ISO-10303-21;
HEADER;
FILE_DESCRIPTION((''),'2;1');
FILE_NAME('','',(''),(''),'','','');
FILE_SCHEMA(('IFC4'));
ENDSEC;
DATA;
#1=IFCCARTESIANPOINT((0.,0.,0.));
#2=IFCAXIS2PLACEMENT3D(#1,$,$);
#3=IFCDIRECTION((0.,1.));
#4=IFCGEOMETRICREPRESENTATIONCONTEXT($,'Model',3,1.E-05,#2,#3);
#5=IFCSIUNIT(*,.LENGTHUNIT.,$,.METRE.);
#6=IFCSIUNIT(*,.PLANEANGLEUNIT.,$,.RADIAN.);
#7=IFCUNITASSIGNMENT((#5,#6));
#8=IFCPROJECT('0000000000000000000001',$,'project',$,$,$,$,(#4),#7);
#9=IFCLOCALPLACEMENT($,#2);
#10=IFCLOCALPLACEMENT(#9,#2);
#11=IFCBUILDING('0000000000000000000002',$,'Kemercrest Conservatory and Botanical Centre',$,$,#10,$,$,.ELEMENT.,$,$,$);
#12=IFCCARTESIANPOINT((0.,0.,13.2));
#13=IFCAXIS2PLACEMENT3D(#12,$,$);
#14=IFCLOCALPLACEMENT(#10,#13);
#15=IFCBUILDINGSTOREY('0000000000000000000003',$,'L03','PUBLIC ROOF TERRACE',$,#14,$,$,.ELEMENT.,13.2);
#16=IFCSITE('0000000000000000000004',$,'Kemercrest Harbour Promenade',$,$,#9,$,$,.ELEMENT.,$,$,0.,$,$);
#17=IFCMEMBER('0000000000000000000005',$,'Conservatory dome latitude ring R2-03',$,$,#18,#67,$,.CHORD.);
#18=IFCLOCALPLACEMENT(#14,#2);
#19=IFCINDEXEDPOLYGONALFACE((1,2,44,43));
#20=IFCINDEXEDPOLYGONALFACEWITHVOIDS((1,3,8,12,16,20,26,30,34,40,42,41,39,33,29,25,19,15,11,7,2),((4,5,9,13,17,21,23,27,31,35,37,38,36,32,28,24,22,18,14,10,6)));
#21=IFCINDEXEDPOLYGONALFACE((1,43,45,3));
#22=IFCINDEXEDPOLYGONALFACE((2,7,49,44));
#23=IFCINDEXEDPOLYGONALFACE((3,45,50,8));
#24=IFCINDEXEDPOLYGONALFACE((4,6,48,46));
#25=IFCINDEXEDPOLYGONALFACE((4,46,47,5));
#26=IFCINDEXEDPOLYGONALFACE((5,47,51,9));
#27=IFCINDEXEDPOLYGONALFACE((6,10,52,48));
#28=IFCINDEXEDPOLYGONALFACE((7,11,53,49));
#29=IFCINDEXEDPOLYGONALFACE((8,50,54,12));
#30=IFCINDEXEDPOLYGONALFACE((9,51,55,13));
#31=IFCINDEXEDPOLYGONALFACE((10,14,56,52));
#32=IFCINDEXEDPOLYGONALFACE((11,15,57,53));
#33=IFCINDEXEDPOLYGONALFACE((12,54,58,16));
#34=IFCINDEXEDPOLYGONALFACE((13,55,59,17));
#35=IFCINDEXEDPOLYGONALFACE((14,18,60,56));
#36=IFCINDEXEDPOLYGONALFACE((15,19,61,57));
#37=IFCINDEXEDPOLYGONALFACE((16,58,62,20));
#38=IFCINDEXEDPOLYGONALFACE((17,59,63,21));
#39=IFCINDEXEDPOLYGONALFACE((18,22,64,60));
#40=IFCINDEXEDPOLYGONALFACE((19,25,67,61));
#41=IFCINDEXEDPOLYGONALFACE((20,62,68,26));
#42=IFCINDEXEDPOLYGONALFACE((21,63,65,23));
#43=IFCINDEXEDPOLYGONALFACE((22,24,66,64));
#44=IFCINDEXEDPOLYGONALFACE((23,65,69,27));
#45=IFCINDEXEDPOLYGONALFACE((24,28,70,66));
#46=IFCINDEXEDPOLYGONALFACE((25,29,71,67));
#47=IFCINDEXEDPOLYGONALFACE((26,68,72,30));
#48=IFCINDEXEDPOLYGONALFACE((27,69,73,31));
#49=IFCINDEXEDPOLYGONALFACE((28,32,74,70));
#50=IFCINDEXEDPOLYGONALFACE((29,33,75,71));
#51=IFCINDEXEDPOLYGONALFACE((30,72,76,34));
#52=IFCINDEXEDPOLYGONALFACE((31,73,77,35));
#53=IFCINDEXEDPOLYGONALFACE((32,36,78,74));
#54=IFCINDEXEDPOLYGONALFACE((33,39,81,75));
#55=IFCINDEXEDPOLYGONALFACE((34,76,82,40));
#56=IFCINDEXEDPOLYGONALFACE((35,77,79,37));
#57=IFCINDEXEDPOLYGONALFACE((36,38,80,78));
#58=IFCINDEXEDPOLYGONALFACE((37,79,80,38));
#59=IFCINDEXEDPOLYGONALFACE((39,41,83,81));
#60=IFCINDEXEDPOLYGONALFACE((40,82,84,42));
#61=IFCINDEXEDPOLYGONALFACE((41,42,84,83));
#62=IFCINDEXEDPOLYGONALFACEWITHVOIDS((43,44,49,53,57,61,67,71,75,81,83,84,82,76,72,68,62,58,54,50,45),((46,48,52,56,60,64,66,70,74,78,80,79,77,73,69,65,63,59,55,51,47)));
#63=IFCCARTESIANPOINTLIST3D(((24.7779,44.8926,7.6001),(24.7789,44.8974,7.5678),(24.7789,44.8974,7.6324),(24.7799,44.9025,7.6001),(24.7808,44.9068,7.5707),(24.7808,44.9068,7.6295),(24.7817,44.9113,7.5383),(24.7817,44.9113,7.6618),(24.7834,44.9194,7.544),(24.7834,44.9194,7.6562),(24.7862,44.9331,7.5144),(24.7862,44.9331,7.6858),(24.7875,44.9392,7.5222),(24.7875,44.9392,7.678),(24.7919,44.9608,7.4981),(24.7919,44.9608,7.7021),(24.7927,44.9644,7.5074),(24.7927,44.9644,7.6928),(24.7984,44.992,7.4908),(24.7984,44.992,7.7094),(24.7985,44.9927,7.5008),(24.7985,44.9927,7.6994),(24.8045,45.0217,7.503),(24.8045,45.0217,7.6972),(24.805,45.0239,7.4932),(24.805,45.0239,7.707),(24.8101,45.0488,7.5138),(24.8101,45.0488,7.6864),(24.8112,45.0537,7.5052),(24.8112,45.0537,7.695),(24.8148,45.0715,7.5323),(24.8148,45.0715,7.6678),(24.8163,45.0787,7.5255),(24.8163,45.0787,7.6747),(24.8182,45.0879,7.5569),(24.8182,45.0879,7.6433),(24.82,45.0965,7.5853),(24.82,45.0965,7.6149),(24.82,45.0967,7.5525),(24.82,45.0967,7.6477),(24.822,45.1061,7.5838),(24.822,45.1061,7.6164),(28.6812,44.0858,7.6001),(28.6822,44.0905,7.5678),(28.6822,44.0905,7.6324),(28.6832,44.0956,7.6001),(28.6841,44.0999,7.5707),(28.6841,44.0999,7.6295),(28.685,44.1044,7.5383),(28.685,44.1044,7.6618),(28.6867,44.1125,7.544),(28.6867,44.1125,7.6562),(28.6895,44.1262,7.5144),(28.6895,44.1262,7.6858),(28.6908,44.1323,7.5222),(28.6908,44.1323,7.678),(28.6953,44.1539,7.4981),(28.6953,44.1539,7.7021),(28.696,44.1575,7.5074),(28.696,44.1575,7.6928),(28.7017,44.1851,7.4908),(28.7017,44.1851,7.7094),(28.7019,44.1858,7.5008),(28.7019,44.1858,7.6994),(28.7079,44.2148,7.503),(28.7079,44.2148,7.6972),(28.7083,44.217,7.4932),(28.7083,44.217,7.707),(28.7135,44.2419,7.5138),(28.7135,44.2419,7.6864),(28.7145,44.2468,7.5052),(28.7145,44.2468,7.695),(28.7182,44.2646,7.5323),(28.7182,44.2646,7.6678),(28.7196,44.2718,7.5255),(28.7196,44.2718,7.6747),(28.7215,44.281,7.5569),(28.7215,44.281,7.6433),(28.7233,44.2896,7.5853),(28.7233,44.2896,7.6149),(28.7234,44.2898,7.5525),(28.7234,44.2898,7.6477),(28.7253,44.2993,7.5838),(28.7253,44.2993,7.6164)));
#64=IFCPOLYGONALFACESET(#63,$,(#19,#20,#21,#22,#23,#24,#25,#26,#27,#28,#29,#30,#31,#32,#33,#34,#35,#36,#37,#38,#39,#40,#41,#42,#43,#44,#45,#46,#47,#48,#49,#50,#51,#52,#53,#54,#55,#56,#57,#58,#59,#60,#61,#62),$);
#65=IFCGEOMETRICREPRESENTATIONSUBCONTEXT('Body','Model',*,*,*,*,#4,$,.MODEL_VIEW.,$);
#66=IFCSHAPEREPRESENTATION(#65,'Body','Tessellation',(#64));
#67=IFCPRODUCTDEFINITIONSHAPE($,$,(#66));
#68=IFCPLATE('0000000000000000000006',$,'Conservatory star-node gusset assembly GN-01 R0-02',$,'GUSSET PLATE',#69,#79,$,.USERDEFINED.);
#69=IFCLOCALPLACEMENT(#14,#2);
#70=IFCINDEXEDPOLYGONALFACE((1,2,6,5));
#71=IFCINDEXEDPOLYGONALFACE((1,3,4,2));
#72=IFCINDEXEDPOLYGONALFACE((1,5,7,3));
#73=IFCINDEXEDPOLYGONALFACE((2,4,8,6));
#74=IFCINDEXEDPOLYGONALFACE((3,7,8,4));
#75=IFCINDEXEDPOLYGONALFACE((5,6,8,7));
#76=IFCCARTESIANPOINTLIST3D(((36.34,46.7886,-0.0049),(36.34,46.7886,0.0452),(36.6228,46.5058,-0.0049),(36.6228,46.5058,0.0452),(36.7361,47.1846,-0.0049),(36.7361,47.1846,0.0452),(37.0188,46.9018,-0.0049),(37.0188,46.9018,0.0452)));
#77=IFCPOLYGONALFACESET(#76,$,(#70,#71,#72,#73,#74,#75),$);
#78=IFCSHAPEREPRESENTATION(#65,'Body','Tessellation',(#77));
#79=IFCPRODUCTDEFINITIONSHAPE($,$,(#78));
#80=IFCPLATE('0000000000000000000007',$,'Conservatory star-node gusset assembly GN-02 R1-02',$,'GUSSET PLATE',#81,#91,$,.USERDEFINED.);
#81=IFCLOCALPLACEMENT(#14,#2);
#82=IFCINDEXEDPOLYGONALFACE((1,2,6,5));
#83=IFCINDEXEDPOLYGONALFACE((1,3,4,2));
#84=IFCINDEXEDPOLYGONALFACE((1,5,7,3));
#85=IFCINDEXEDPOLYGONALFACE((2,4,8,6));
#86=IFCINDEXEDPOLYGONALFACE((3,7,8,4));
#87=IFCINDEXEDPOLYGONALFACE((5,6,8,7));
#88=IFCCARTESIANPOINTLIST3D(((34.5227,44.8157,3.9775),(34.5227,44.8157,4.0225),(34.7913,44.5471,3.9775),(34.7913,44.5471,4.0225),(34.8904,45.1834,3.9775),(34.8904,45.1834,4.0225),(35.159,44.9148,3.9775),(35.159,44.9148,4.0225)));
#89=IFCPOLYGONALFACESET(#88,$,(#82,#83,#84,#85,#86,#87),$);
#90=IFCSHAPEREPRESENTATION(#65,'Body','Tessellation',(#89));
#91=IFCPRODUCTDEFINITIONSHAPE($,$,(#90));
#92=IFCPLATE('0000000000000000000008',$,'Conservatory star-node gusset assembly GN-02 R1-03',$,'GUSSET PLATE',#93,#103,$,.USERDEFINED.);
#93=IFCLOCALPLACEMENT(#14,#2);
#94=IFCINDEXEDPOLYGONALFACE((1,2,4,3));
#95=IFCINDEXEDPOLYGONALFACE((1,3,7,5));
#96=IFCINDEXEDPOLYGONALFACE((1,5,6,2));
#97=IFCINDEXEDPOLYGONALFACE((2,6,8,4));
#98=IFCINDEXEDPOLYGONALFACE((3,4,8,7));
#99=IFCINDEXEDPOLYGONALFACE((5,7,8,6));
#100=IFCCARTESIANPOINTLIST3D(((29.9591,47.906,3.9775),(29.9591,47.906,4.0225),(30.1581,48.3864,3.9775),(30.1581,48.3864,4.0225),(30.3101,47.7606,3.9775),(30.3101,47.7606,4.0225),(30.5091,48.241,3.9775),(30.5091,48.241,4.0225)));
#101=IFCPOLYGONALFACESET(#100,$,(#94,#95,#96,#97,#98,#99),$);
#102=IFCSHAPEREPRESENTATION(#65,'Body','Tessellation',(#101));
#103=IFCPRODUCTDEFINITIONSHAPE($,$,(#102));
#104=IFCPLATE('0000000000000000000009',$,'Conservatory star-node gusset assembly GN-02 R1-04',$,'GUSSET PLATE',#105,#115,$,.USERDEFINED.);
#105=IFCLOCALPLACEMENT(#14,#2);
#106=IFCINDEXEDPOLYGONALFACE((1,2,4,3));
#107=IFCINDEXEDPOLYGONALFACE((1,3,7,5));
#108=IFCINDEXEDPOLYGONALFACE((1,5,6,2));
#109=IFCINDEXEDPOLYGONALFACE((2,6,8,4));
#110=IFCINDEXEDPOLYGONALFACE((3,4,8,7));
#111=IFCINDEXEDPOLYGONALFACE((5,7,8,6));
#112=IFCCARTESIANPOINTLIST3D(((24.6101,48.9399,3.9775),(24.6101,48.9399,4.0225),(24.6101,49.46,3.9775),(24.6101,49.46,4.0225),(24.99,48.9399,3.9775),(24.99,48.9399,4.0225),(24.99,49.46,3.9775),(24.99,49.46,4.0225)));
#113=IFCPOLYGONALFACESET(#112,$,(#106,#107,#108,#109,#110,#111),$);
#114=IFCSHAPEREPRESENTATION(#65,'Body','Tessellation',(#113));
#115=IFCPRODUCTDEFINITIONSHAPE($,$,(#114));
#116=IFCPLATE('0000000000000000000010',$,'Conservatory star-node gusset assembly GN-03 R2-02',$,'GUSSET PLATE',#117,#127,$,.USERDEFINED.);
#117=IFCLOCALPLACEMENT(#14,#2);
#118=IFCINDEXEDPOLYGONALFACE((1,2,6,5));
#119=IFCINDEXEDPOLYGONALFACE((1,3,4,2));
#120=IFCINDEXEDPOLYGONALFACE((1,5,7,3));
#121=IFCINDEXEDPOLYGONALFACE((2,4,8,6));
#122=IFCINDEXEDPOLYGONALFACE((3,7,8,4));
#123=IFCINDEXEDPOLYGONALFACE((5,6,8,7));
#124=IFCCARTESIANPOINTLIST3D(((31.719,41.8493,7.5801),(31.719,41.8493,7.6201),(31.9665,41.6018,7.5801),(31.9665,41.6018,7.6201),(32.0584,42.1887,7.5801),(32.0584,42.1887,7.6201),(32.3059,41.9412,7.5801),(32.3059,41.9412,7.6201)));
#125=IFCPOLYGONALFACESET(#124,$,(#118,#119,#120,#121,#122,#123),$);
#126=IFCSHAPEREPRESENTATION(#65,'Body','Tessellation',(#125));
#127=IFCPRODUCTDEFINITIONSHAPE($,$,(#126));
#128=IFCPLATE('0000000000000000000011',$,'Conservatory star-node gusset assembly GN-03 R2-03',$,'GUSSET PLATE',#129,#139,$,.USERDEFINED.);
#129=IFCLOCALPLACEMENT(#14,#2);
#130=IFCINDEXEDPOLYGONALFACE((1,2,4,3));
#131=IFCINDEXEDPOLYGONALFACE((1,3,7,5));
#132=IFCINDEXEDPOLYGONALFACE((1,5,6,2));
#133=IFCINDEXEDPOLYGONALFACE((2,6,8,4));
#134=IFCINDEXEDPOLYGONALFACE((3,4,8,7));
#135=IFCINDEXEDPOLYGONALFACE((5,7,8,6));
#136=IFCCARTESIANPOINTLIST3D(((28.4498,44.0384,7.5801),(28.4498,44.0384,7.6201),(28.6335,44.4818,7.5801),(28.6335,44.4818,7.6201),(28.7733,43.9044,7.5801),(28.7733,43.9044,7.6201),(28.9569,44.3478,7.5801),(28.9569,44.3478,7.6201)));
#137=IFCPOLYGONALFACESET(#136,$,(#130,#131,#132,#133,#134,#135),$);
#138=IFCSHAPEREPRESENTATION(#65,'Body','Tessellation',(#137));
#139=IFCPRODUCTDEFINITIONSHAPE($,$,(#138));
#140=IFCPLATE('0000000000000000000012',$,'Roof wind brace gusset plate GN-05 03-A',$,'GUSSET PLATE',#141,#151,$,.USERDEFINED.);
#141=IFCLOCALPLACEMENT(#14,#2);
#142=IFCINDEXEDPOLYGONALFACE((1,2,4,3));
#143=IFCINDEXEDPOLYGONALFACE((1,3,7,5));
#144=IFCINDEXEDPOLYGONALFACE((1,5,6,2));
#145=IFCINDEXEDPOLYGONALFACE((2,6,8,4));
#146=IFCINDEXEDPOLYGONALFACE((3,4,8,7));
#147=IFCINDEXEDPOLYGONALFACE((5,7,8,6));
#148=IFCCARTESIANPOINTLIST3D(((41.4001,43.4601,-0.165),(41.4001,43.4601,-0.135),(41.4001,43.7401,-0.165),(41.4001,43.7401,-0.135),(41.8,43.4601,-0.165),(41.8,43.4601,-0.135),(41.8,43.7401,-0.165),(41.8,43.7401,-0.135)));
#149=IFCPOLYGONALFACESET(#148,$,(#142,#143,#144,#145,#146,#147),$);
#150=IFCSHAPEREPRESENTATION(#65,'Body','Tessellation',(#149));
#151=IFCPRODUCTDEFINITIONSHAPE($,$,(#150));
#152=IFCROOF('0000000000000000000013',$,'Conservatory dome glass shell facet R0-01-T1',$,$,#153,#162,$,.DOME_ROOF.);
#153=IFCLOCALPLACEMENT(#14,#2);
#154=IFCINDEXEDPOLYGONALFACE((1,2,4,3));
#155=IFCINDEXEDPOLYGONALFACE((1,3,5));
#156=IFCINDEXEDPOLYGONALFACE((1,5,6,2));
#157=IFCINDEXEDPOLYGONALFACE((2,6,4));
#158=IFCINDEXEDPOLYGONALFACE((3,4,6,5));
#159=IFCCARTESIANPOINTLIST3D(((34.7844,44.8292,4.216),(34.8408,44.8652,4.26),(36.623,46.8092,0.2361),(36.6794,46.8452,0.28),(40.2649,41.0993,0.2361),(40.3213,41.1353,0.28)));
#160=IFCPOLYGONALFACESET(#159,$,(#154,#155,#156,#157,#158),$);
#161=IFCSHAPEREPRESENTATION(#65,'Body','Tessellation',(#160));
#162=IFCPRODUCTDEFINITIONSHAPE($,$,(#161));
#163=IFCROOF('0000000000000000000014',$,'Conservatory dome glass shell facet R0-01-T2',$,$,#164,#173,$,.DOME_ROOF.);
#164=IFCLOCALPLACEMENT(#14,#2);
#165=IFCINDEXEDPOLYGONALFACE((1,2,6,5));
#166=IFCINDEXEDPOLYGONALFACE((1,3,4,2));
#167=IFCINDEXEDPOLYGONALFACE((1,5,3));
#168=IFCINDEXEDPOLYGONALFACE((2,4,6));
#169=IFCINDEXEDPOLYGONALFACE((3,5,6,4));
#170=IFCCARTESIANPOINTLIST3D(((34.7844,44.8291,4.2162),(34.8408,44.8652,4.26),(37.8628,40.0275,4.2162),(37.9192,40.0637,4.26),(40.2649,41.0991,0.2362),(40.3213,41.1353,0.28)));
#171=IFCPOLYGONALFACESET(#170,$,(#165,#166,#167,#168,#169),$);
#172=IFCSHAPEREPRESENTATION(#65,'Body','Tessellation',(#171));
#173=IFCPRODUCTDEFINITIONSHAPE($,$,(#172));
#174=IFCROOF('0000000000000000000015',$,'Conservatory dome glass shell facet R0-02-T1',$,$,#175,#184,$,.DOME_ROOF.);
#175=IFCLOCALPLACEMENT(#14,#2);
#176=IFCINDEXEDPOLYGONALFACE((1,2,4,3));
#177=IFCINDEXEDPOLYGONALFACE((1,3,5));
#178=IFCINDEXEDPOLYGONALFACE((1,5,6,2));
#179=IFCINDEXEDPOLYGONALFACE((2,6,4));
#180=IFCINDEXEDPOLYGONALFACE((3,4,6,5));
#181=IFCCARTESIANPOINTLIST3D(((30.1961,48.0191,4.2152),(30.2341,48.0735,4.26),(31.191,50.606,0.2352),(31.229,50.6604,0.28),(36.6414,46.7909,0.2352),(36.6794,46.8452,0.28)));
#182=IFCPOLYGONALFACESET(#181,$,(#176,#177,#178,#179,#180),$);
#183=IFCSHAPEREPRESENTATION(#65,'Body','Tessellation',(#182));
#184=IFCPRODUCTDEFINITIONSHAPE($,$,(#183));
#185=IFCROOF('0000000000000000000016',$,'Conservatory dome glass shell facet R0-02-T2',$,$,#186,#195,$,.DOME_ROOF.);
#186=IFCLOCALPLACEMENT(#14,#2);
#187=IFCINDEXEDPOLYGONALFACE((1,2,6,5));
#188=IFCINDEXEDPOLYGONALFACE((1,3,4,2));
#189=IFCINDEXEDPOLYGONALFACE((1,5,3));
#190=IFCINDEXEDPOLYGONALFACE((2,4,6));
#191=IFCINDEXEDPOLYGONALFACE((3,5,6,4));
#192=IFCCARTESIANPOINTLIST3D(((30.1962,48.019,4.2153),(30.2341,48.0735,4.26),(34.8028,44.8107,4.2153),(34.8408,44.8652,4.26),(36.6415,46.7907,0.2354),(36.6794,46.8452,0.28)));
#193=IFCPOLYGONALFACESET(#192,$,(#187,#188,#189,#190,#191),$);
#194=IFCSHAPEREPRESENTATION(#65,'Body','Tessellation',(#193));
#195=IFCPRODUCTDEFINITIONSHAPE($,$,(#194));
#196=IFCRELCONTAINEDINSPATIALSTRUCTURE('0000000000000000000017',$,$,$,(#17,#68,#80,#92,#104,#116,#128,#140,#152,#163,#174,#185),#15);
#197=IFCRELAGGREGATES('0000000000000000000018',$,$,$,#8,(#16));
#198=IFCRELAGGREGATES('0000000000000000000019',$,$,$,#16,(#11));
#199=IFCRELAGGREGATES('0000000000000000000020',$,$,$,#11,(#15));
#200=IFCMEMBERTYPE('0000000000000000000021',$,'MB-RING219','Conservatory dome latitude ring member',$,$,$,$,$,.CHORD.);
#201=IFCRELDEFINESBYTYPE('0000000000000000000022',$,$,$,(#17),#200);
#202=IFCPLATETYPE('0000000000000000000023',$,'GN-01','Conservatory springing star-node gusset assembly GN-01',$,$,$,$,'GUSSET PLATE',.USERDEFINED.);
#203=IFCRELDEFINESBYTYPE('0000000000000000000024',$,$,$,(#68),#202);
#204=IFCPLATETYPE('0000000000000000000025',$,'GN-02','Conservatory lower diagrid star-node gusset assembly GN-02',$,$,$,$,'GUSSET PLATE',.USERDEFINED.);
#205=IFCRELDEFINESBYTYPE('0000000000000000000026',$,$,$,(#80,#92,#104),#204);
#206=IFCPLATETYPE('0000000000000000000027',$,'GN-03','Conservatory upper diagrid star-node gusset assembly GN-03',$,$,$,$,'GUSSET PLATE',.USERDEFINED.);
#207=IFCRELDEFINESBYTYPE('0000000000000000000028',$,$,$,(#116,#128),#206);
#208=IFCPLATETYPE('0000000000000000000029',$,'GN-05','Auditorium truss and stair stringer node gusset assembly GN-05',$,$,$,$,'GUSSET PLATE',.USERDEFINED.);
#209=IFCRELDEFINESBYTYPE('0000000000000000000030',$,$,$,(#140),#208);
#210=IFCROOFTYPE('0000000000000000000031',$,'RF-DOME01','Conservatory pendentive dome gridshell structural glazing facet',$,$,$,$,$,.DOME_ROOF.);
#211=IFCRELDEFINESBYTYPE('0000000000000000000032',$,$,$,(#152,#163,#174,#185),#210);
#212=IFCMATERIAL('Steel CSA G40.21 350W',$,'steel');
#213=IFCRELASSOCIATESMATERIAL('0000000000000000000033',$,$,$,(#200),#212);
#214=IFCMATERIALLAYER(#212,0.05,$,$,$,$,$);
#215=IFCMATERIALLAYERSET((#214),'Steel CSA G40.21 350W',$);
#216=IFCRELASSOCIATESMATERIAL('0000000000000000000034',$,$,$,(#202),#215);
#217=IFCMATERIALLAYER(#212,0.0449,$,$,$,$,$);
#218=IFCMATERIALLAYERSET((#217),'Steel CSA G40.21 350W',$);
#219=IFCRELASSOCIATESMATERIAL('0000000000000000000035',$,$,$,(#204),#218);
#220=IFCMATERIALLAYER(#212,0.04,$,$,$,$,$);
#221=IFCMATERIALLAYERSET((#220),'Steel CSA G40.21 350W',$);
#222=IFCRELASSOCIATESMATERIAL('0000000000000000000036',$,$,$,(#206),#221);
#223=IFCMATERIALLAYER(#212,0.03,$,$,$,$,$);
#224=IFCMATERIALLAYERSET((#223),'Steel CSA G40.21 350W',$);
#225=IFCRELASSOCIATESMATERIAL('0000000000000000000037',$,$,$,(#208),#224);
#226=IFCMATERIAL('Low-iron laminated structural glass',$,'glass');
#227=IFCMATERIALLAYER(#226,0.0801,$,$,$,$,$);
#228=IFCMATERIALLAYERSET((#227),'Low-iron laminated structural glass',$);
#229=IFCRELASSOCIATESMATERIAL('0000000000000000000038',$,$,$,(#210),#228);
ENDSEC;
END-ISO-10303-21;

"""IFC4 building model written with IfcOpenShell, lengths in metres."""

from ifc_helpers import new_model, si_unit, direction, frame, origin, origin_2d, place, context, subcontext, project, spatial, polyline, rectangle, hollow_circle, outline, extrude, material, layer, layer_set, material_profile, profile_set, type_object, element, save


model = new_model("IFC4")

# Units and contexts
model_context = context("Model", 3, precision=1e-05, world=origin(), true_north=direction((0.0, 1.0)))
body_context = subcontext(model_context, "Body", "Model", "MODEL_VIEW")
ifc_project = project(units=[si_unit("LENGTHUNIT", "METRE"), si_unit("PLANEANGLEUNIT", "RADIAN")], contexts=[model_context])

# Site, building, storey
site_placement = place(None, origin())
site = spatial("IfcSite", under=ifc_project, at=site_placement, Name="Kemercrest Harbour Promenade", CompositionType="ELEMENT", RefElevation=0.0)
building_placement = place(site_placement, origin())
building = spatial("IfcBuilding", under=site, at=building_placement, Name="Kemercrest Conservatory and Botanical Centre", CompositionType="ELEMENT")
storey_placement = place(building_placement, frame((0.0, 0.0, 13.2)))
storey = spatial("IfcBuildingStorey", under=building, at=storey_placement, Name="L03", Description="PUBLIC ROOF TERRACE", CompositionType="ELEMENT", Elevation=13.2)

# Shared definitions
ifc_material_1 = material(Name="Steel CSA G40.21 350W", Category="steel")

# Member
ifc_material_profile_1 = material_profile(ifc_material_1, hollow_circle(Radius=0.1096, WallThickness=0.01, at=origin_2d()), Name="CHS 219.1x10.0")
ifc_profile_set_1 = profile_set([ifc_material_profile_1], Name="Steel CSA G40.21 350W")
member_type_1 = type_object("IfcMemberType", Name="MB-RING219", Description="Conservatory dome latitude ring member", PredefinedType="CHORD", material=ifc_profile_set_1)
member_1_placement = place(storey_placement, frame((28.7034, 44.1931, 7.6001), z_axis=(-0.979295, 0.202437, 0.0), x_axis=(-0.202437, -0.979295, 0.0)))
element("IfcMember", 1, at=member_1_placement, inside=storey, type_object=member_type_1, Name="Conservatory dome latitude ring R2-03", PredefinedType="CHORD", context=body_context, shape_type="SweptSolid", body=[
    extrude(hollow_circle(Radius=0.1096, WallThickness=0.01, at=origin_2d()), origin(), (0.0, 0.0, 1.0), 3.9858),
])

# Plates
ifc_layer_1 = layer(ifc_material_1, 0.05)
ifc_layer_set_1 = layer_set([ifc_layer_1], Name="Steel CSA G40.21 350W")
plate_type_1 = type_object("IfcPlateType", Name="GN-01", Description="Conservatory springing star-node gusset assembly GN-01", ElementType="GUSSET PLATE", PredefinedType="USERDEFINED", material=ifc_layer_set_1)
plate_1_placement = place(storey_placement, frame((36.6794, 46.8452, -0.0049), z_axis=(0.0, 0.0, 1.0), x_axis=(0.707107, 0.707107, 0.0)))
element("IfcPlate", 2, at=plate_1_placement, inside=storey, type_object=plate_type_1, Name="Conservatory star-node gusset assembly GN-01 R0-02", ObjectType="GUSSET PLATE", PredefinedType="USERDEFINED", context=body_context, shape_type="SweptSolid", body=[
    extrude(rectangle(XDim=0.5601, YDim=0.3999, at=origin_2d()), origin(), (0.0, 0.0, 1.0), 0.05),
])
ifc_layer_2 = layer(ifc_material_1, 0.0449)
ifc_layer_set_2 = layer_set([ifc_layer_2], Name="Steel CSA G40.21 350W")
plate_type_2 = type_object("IfcPlateType", Name="GN-02", Description="Conservatory lower diagrid star-node gusset assembly GN-02", ElementType="GUSSET PLATE", PredefinedType="USERDEFINED", material=ifc_layer_set_2)
for number, where, z_axis, x_axis, name in (
    (3, (34.8408, 44.8652, 3.9775), (0.0, 0.0, 1.0), (0.707107, 0.707107, 0.0), "Conservatory star-node gusset assembly GN-02 R1-02"),
    (4, (30.2341, 48.0735, 3.9775), (0.0, 0.0, 1.0), (0.382683, 0.92388, 0.0), "Conservatory star-node gusset assembly GN-02 R1-03"),
    (5, (24.8, 49.2, 3.9775), (0.0, 0.0, 1.0), (0.0, 1.0, 0.0), "Conservatory star-node gusset assembly GN-02 R1-04"),
):
    element("IfcPlate", number, at=place(storey_placement, frame(where, z_axis=z_axis, x_axis=x_axis)), inside=storey, type_object=plate_type_2, Name=name, ObjectType="GUSSET PLATE", PredefinedType="USERDEFINED", context=body_context, shape_type="SweptSolid", body=[
        extrude(rectangle(XDim=0.52, YDim=0.3799, at=origin_2d()), origin(), (0.0, 0.0, 1.0), 0.0449),
    ])
ifc_layer_3 = layer(ifc_material_1, 0.04)
ifc_layer_set_3 = layer_set([ifc_layer_3], Name="Steel CSA G40.21 350W")
plate_type_3 = type_object("IfcPlateType", Name="GN-03", Description="Conservatory upper diagrid star-node gusset assembly GN-03", ElementType="GUSSET PLATE", PredefinedType="USERDEFINED", material=ifc_layer_set_3)
for number, where, z_axis, x_axis, name in (
    (6, (32.0125, 41.8953, 7.5801), (0.0, 0.0, 1.0), (0.707107, 0.707107, 0.0), "Conservatory star-node gusset assembly GN-03 R2-02"),
    (7, (28.7034, 44.1931, 7.5801), (0.0, 0.0, 1.0), (0.382683, 0.92388, 0.0), "Conservatory star-node gusset assembly GN-03 R2-03"),
):
    element("IfcPlate", number, at=place(storey_placement, frame(where, z_axis=z_axis, x_axis=x_axis)), inside=storey, type_object=plate_type_3, Name=name, ObjectType="GUSSET PLATE", PredefinedType="USERDEFINED", context=body_context, shape_type="SweptSolid", body=[
        extrude(rectangle(XDim=0.48, YDim=0.3501, at=origin_2d()), origin(), (0.0, 0.0, 1.0), 0.04),
    ])
ifc_layer_4 = layer(ifc_material_1, 0.03)
ifc_layer_set_4 = layer_set([ifc_layer_4], Name="Steel CSA G40.21 350W")
plate_type_4 = type_object("IfcPlateType", Name="GN-05", Description="Auditorium truss and stair stringer node gusset assembly GN-05", ElementType="GUSSET PLATE", PredefinedType="USERDEFINED", material=ifc_layer_set_4)
plate_2_placement = place(storey_placement, frame((41.6001, 43.6001, -0.165), z_axis=(0.0, 0.0, 1.0), x_axis=(1.0, 0.0, 0.0)))
element("IfcPlate", 8, at=plate_2_placement, inside=storey, type_object=plate_type_4, Name="Roof wind brace gusset plate GN-05 03-A", ObjectType="GUSSET PLATE", PredefinedType="USERDEFINED", context=body_context, shape_type="SweptSolid", body=[
    extrude(rectangle(XDim=0.3999, YDim=0.28, at=origin_2d()), origin(), (0.0, 0.0, 1.0), 0.03),
])

# Roofs
ifc_material_2 = material(Name="Low-iron laminated structural glass", Category="glass")
ifc_layer_5 = layer(ifc_material_2, 0.0801)
ifc_layer_set_5 = layer_set([ifc_layer_5], Name="Low-iron laminated structural glass")
roof_type = type_object("IfcRoofType", Name="RF-DOME01", Description="Conservatory pendentive dome gridshell structural glazing facet", PredefinedType="DOME_ROOF", material=ifc_layer_set_5)
roof_1_placement = place(storey_placement, frame((40.3213, 41.1353, 0.28), z_axis=(0.704636, 0.449421, 0.549099), x_axis=(-0.537741, 0.84311, 0.0)))
element("IfcRoof", 9, at=roof_1_placement, inside=storey, type_object=roof_type, Name="Conservatory dome glass shell facet R0-01-T1", PredefinedType="DOME_ROOF", context=body_context, shape_type="SweptSolid", body=[
    extrude(outline(polyline([(0.0, 0.0), (6.7725, 0.0), (6.0919, 4.7621), (0.0, 0.0)])), origin(), (0.0, 0.0, -1.0), 0.0801),
])
roof_2_placement = place(storey_placement, frame((40.3213, 41.1353, 0.28), z_axis=(0.704739, 0.451826, 0.546988), x_axis=(-0.708776, 0.482389, 0.514721)))
element("IfcRoof", 10, at=roof_2_placement, inside=storey, type_object=roof_type, Name="Conservatory dome glass shell facet R0-01-T2", PredefinedType="DOME_ROOF", context=body_context, shape_type="SweptSolid", body=[
    extrude(outline(polyline([(0.0, 0.0), (7.7323, 0.0), (3.2342, 3.5069), (0.0, 0.0)])), origin(), (0.0, 0.0, -1.0), 0.0801),
])
roof_3_placement = place(storey_placement, frame((36.6794, 46.8452, 0.28), z_axis=(0.475119, 0.678763, 0.559949), x_axis=(-0.819241, 0.57345, 0.0)))
element("IfcRoof", 11, at=roof_3_placement, inside=storey, type_object=roof_type, Name="Conservatory dome glass shell facet R0-02-T1", PredefinedType="DOME_ROOF", context=body_context, shape_type="SweptSolid", body=[
    extrude(outline(polyline([(0.0, 0.0), (6.653, 0.0), (5.9846, 4.8037), (0.0, 0.0)])), origin(), (0.0, 0.0, -1.0), 0.0801),
])
roof_4_placement = place(storey_placement, frame((36.6794, 46.8452, 0.28), z_axis=(0.474288, 0.681024, 0.557905), x_axis=(-0.839885, 0.160055, 0.518629)))
element("IfcRoof", 12, at=roof_4_placement, inside=storey, type_object=roof_type, Name="Conservatory dome glass shell facet R0-02-T2", PredefinedType="DOME_ROOF", context=body_context, shape_type="SweptSolid", body=[
    extrude(outline(polyline([(0.0, 0.0), (7.674, 0.0), (3.2915, 3.5082), (0.0, 0.0)])), origin(), (0.0, 0.0, -1.0), 0.0801),
])

save(model, "model.ifc")
